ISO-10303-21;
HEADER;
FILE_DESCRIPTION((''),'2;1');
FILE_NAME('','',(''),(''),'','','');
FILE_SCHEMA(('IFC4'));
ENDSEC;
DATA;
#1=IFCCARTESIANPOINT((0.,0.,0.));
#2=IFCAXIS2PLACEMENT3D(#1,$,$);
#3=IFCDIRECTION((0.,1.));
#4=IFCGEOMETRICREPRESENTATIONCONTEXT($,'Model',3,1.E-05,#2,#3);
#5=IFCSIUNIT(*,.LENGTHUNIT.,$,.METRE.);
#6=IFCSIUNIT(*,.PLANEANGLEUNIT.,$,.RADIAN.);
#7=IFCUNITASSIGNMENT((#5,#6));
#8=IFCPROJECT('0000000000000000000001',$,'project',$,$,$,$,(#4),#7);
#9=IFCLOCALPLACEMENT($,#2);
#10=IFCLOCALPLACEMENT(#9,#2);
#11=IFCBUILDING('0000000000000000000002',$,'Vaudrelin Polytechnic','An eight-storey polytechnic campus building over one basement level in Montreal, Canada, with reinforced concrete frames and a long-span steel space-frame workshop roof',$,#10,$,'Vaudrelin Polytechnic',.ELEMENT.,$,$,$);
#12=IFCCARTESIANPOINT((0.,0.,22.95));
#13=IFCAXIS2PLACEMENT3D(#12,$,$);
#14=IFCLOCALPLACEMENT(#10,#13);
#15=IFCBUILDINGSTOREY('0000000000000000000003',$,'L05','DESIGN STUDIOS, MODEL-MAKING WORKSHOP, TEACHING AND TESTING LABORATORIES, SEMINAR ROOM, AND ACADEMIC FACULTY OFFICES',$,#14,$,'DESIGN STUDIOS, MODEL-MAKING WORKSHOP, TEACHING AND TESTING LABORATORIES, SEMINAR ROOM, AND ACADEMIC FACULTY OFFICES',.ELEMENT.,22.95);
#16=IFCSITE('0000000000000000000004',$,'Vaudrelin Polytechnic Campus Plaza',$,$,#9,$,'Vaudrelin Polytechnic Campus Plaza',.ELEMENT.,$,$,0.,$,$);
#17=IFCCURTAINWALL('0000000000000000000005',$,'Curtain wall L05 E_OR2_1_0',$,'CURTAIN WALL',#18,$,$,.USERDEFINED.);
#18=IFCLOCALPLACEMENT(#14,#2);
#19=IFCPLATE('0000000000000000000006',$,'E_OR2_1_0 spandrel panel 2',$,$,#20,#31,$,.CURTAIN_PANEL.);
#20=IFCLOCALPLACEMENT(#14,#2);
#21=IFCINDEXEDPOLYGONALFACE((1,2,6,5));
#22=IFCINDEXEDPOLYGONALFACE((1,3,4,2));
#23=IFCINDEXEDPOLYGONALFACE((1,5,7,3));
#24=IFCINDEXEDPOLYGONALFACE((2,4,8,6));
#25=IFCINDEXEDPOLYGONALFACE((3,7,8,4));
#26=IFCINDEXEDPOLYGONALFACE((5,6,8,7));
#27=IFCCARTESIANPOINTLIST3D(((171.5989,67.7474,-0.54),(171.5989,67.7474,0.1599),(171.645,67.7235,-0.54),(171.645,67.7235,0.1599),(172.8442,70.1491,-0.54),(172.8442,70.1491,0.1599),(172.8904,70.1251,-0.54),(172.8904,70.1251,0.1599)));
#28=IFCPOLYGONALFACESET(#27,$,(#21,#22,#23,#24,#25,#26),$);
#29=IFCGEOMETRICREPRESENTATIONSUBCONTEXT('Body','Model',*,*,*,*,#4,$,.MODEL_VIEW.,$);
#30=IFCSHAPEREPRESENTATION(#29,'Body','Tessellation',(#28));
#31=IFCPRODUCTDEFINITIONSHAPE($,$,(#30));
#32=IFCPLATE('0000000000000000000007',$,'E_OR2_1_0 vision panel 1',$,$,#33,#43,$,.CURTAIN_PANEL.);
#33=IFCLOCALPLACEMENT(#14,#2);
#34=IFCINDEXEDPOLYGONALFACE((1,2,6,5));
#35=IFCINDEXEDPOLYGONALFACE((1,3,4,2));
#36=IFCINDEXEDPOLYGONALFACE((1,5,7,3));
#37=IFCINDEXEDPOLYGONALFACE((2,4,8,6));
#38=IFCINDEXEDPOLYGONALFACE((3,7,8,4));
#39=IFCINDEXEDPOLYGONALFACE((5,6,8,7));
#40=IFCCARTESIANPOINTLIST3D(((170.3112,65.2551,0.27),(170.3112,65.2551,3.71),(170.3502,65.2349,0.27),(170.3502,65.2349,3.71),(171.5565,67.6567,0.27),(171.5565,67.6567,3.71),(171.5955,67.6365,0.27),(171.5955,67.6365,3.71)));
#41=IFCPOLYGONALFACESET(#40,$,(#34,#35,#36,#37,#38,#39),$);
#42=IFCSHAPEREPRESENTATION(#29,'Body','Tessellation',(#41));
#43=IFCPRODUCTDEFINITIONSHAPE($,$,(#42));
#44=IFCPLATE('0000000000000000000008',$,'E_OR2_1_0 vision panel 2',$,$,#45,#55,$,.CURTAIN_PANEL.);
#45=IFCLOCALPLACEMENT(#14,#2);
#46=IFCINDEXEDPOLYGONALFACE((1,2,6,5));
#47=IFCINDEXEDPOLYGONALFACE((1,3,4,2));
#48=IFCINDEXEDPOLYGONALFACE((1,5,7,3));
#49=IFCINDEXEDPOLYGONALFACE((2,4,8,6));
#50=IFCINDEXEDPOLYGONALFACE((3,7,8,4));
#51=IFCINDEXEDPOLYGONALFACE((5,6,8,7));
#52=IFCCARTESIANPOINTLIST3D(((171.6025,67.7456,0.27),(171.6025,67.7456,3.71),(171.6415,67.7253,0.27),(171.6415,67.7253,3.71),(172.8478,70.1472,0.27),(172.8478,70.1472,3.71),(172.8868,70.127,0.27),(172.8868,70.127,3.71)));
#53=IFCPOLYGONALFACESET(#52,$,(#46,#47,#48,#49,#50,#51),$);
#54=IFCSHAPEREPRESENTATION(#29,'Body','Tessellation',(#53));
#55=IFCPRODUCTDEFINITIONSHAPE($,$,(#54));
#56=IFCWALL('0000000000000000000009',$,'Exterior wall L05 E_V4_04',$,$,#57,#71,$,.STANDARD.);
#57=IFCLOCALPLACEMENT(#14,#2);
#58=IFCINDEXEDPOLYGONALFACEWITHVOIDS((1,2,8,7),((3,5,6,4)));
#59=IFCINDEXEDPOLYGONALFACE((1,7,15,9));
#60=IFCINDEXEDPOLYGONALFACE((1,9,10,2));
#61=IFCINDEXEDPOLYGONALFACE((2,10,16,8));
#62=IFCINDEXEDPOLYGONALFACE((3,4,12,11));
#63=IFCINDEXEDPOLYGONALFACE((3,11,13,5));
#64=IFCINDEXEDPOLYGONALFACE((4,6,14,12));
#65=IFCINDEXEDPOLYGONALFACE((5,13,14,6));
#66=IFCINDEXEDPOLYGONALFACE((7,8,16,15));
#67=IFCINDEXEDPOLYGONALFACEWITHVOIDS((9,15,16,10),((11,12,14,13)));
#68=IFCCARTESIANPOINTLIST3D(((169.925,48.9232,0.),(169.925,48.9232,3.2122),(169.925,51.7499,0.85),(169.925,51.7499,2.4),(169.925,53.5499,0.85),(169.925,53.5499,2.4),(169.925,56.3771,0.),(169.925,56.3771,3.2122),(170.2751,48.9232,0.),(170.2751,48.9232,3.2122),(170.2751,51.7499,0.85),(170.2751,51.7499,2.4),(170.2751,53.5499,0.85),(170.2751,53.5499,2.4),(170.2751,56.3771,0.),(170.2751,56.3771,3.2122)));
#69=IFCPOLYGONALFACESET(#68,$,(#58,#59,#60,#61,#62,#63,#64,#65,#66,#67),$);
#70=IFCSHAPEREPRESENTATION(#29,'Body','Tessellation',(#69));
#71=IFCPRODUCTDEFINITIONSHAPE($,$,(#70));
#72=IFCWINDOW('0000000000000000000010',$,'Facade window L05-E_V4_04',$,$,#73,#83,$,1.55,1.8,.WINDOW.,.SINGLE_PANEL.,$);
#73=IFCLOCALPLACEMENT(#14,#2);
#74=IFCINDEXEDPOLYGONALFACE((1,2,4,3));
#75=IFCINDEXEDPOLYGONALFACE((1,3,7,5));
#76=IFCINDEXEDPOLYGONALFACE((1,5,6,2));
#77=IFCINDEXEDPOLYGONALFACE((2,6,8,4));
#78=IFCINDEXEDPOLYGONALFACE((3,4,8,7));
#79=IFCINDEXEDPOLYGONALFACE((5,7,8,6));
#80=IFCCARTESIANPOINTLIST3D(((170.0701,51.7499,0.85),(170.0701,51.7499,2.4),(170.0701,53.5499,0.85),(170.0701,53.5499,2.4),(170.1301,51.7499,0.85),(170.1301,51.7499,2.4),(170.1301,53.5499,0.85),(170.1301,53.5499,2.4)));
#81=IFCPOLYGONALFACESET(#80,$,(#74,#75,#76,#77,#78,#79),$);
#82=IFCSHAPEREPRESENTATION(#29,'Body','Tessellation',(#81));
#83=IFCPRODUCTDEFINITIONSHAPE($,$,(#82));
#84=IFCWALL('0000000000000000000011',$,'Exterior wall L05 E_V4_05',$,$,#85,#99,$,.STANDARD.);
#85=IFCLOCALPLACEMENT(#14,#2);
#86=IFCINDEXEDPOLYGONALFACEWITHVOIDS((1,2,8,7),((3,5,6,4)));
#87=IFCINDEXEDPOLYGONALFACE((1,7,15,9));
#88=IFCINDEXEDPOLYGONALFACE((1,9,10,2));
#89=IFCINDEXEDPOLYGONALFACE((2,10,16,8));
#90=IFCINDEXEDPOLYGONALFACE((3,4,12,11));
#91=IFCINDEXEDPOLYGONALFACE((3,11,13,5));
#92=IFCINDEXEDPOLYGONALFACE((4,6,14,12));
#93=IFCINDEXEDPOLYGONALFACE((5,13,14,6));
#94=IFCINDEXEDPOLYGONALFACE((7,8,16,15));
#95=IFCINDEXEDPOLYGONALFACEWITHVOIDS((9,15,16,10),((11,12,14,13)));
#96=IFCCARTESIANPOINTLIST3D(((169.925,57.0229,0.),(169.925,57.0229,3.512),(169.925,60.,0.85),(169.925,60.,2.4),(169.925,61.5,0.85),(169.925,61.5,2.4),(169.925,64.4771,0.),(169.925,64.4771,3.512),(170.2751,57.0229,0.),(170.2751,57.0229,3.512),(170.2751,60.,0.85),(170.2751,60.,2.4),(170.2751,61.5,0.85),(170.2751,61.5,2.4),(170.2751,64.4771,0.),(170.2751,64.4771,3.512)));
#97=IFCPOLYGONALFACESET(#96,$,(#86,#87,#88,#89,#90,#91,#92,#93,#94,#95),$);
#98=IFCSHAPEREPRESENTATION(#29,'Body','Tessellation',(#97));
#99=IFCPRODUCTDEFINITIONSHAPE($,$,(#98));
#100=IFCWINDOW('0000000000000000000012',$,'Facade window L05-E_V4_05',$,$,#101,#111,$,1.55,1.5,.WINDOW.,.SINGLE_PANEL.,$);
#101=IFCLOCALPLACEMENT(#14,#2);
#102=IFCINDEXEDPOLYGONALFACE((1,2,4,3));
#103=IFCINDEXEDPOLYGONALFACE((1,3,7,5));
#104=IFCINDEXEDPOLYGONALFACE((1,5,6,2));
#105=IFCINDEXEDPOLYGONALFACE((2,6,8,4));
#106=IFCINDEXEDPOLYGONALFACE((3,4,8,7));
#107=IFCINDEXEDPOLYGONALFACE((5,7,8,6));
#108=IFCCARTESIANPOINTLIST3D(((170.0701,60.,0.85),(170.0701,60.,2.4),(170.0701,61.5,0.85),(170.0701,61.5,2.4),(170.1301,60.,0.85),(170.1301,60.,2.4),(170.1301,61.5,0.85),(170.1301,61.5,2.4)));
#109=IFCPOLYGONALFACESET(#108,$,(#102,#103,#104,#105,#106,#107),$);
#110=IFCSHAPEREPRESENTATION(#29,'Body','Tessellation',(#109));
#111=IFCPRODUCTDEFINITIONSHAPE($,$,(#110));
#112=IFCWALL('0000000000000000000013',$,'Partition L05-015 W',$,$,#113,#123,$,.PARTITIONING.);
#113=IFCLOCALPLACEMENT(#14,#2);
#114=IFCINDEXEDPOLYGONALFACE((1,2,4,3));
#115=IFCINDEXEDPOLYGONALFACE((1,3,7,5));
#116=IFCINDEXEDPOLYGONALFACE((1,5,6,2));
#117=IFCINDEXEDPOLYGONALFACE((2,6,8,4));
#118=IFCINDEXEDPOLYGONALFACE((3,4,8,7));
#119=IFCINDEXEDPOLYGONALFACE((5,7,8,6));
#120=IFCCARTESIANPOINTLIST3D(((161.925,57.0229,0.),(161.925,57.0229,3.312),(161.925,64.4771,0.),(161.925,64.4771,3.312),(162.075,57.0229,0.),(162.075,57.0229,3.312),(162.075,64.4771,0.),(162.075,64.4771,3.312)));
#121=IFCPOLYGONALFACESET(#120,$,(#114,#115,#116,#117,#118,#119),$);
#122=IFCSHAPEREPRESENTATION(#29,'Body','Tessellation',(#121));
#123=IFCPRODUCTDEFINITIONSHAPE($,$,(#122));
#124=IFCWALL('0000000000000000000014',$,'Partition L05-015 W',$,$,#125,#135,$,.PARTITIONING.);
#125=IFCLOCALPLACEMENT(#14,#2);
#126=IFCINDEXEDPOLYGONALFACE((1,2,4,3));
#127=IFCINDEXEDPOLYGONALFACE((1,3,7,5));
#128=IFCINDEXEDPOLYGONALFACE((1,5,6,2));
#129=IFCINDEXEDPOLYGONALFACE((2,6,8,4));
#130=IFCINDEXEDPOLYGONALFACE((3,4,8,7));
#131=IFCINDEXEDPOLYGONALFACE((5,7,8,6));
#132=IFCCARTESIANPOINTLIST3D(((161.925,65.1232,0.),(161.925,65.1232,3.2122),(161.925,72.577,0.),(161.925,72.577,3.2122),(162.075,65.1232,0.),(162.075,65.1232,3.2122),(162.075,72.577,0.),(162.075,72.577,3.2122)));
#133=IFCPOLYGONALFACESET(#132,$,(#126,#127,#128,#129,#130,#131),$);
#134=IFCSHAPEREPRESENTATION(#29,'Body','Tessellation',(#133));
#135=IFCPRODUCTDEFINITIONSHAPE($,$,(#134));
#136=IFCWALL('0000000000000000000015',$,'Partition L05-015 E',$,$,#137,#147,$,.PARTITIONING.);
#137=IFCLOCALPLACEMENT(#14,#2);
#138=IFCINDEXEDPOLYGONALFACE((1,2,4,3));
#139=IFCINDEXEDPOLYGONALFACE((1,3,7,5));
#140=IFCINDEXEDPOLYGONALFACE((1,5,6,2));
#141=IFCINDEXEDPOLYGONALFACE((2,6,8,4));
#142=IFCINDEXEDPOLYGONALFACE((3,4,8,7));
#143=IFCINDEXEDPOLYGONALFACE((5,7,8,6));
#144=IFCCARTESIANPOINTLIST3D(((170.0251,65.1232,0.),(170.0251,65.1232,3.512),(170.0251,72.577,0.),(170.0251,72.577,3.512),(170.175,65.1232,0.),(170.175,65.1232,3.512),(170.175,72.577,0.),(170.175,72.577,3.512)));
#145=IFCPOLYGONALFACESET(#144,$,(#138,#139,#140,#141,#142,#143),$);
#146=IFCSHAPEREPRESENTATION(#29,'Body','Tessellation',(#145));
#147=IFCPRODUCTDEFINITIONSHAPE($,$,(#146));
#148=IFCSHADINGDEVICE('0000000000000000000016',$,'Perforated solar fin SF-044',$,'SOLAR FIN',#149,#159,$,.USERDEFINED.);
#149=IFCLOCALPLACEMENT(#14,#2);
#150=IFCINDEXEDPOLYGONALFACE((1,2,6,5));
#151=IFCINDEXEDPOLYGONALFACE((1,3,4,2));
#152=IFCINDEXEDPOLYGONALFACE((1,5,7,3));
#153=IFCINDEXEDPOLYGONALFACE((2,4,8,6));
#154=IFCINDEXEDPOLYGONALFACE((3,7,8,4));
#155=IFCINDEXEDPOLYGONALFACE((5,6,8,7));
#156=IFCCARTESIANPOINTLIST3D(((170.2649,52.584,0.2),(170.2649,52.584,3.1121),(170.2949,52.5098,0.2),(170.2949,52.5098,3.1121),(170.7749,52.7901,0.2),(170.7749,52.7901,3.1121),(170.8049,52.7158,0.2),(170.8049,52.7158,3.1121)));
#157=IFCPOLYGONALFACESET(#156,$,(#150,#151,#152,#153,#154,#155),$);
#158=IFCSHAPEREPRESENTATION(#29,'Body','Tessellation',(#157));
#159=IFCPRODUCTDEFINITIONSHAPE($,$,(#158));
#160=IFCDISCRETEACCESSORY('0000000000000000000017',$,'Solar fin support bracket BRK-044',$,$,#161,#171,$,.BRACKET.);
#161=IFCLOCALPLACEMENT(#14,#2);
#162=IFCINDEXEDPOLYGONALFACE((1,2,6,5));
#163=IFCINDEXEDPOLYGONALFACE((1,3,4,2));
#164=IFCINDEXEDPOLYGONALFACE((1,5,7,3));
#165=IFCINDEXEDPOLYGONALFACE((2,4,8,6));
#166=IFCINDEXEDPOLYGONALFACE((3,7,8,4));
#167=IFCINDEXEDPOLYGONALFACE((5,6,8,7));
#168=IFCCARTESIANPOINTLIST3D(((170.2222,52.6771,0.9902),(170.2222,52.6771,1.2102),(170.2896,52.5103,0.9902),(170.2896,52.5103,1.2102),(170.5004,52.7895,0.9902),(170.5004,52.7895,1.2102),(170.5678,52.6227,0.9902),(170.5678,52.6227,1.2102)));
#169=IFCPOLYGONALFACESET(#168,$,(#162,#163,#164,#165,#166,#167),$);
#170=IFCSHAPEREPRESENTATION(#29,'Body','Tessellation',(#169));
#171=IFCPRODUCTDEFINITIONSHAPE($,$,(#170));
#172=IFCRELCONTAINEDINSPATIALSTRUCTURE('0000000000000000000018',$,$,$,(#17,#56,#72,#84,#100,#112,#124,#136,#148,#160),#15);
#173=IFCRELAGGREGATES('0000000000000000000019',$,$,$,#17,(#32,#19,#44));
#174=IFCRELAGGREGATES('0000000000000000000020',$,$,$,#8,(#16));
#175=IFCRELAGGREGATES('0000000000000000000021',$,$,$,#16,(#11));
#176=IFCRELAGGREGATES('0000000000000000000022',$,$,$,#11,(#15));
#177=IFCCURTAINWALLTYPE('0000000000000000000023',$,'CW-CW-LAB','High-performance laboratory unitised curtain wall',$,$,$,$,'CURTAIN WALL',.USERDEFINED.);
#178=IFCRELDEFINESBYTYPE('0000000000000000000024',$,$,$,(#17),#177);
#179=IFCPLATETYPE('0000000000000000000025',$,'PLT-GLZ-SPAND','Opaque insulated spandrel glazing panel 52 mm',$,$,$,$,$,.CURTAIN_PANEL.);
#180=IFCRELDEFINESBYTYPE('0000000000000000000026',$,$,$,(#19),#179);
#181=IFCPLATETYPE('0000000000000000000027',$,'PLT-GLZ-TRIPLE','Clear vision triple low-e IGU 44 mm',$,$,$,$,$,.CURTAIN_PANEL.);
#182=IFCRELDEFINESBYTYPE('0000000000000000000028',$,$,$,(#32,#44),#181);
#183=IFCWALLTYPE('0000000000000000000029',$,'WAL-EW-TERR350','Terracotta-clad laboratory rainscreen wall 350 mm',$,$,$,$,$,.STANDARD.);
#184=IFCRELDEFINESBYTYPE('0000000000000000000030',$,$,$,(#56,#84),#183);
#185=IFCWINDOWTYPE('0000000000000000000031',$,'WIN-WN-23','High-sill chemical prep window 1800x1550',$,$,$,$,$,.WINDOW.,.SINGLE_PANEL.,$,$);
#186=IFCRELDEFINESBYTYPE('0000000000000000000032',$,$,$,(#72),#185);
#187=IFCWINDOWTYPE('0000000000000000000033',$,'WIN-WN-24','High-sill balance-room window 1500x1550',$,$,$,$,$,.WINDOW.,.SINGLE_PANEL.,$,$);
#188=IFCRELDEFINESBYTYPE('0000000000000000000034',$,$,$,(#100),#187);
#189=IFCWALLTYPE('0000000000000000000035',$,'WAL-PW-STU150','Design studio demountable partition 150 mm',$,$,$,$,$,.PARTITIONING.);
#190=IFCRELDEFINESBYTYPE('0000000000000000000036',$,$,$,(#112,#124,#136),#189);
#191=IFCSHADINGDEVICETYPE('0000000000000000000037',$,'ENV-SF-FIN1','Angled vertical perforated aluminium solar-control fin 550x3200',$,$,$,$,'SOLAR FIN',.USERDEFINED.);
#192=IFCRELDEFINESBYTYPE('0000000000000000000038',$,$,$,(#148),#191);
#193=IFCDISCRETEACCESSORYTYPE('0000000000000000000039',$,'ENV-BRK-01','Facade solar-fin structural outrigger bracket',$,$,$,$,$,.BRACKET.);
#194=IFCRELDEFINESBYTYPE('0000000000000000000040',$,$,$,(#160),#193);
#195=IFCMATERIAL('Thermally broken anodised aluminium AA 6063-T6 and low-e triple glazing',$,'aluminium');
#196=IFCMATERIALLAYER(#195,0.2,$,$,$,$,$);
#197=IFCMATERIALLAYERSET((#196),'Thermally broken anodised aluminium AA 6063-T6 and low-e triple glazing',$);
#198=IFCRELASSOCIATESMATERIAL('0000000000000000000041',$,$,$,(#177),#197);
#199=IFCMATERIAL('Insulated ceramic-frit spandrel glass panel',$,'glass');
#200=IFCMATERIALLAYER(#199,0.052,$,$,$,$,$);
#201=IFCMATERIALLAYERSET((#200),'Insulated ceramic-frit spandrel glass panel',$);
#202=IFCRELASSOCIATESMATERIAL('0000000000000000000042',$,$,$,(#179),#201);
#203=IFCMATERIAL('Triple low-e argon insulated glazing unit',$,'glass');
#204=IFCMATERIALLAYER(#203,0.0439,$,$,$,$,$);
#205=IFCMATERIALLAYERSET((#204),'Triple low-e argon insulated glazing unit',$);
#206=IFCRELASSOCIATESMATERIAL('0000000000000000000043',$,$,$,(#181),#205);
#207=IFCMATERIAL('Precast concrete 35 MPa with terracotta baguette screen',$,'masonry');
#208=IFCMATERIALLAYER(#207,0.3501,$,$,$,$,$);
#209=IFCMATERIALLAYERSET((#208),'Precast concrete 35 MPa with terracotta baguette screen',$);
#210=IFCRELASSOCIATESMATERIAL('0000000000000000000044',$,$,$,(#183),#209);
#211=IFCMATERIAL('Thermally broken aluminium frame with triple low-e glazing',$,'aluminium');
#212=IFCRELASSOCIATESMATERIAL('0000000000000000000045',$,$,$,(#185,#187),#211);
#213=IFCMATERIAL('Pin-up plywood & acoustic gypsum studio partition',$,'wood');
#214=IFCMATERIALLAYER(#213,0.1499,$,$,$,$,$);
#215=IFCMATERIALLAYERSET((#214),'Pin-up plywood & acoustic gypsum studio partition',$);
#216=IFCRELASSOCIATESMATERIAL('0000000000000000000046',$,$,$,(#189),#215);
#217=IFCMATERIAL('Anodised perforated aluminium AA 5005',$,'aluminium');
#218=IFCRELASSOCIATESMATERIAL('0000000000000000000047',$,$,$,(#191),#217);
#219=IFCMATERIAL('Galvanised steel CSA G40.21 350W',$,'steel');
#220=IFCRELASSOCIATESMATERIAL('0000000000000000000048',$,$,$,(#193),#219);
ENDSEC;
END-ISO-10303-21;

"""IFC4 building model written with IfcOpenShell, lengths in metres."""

from ifc_helpers import new_model, si_unit, direction, frame, frame_2d, origin, origin_2d, place, context, subcontext, project, spatial, rectangle, extrude, material, layer, layer_set, type_object, element, fill, aggregate, save


model = new_model("IFC4")

# Units and contexts
model_context = context("Model", 3, precision=1e-05, world=origin(), true_north=direction((0.0, 1.0)))
body_context = subcontext(model_context, "Body", "Model", "MODEL_VIEW")
ifc_project = project(units=[si_unit("LENGTHUNIT", "METRE"), si_unit("PLANEANGLEUNIT", "RADIAN")], contexts=[model_context])

# Site, building, storey
site_placement = place(None, origin())
site = spatial("IfcSite", under=ifc_project, at=site_placement, Name="Vaudrelin Polytechnic Campus Plaza", LongName="Vaudrelin Polytechnic Campus Plaza", CompositionType="ELEMENT", RefElevation=0.0)
building_placement = place(site_placement, origin())
building = spatial("IfcBuilding", under=site, at=building_placement, Name="Vaudrelin Polytechnic", Description="An eight-storey polytechnic campus building over one basement level in Montreal, Canada, with reinforced concrete frames and a long-span steel space-frame workshop roof", LongName="Vaudrelin Polytechnic", CompositionType="ELEMENT")
storey_placement = place(building_placement, frame((0.0, 0.0, 22.95)))
storey = spatial("IfcBuildingStorey", under=building, at=storey_placement, Name="L05", Description="DESIGN STUDIOS, MODEL-MAKING WORKSHOP, TEACHING AND TESTING LABORATORIES, SEMINAR ROOM, AND ACADEMIC FACULTY OFFICES", LongName="DESIGN STUDIOS, MODEL-MAKING WORKSHOP, TEACHING AND TESTING LABORATORIES, SEMINAR ROOM, AND ACADEMIC FACULTY OFFICES", CompositionType="ELEMENT", Elevation=22.95)

# Curtain wall, plates
ifc_material_1 = material(Name="Thermally broken anodised aluminium AA 6063-T6 and low-e triple glazing", Category="aluminium")
ifc_layer_1 = layer(ifc_material_1, 0.2)
ifc_layer_set_1 = layer_set([ifc_layer_1], Name="Thermally broken anodised aluminium AA 6063-T6 and low-e triple glazing")
curtain_wall_type = type_object("IfcCurtainWallType", Name="CW-CW-LAB", Description="High-performance laboratory unitised curtain wall", ElementType="CURTAIN WALL", PredefinedType="USERDEFINED", material=ifc_layer_set_1)
curtain_wall_placement = place(storey_placement, origin())
curtain_wall = element("IfcCurtainWall", 1, at=curtain_wall_placement, inside=storey, type_object=curtain_wall_type, Name="Curtain wall L05 E_OR2_1_0", ObjectType="CURTAIN WALL", PredefinedType="USERDEFINED")
ifc_material_2 = material(Name="Insulated ceramic-frit spandrel glass panel", Category="glass")
ifc_layer_2 = layer(ifc_material_2, 0.052)
ifc_layer_set_2 = layer_set([ifc_layer_2], Name="Insulated ceramic-frit spandrel glass panel")
plate_type_1 = type_object("IfcPlateType", Name="PLT-GLZ-SPAND", Description="Opaque insulated spandrel glazing panel 52 mm", PredefinedType="CURTAIN_PANEL", material=ifc_layer_set_2)
plate_1_placement = place(storey_placement, frame((172.2446, 68.9363, -0.54), z_axis=(0.0, 0.0, 1.0), x_axis=(0.460325, 0.88775, 0.0)))
plate_1 = element("IfcPlate", 2, at=plate_1_placement, type_object=plate_type_1, Name="E_OR2_1_0 spandrel panel 2", PredefinedType="CURTAIN_PANEL", context=body_context, shape_type="SweptSolid", body=[
    extrude(rectangle(XDim=2.7053, YDim=0.052, at=origin_2d()), origin(), (0.0, 0.0, 1.0), 0.7),
])
ifc_material_3 = material(Name="Triple low-e argon insulated glazing unit", Category="glass")
ifc_layer_3 = layer(ifc_material_3, 0.0439)
ifc_layer_set_3 = layer_set([ifc_layer_3], Name="Triple low-e argon insulated glazing unit")
plate_type_2 = type_object("IfcPlateType", Name="PLT-GLZ-TRIPLE", Description="Clear vision triple low-e IGU 44 mm", PredefinedType="CURTAIN_PANEL", material=ifc_layer_set_3)
plate_2_placement = place(storey_placement, frame((170.9534, 66.4458, 0.27), z_axis=(0.0, 0.0, 1.0), x_axis=(0.460325, 0.88775, 0.0)))
plate_2 = element("IfcPlate", 3, at=plate_2_placement, type_object=plate_type_2, Name="E_OR2_1_0 vision panel 1", PredefinedType="CURTAIN_PANEL", context=body_context, shape_type="SweptSolid", body=[
    extrude(rectangle(XDim=2.7053, YDim=0.0439, at=origin_2d()), origin(), (0.0, 0.0, 1.0), 3.4399),
])
plate_3_placement = place(storey_placement, frame((172.2446, 68.9363, 0.27), z_axis=(0.0, 0.0, 1.0), x_axis=(0.460325, 0.88775, 0.0)))
plate_3 = element("IfcPlate", 4, at=plate_3_placement, type_object=plate_type_2, Name="E_OR2_1_0 vision panel 2", PredefinedType="CURTAIN_PANEL", context=body_context, shape_type="SweptSolid", body=[
    extrude(rectangle(XDim=2.7053, YDim=0.0439, at=origin_2d()), origin(), (0.0, 0.0, 1.0), 3.4399),
])
aggregate(curtain_wall, [plate_2, plate_1, plate_3])

# Walls, openings, windows
ifc_material_4 = material(Name="Precast concrete 35 MPa with terracotta baguette screen", Category="masonry")
ifc_layer_4 = layer(ifc_material_4, 0.3501)
ifc_layer_set_4 = layer_set([ifc_layer_4], Name="Precast concrete 35 MPa with terracotta baguette screen")
wall_type_1 = type_object("IfcWallType", Name="WAL-EW-TERR350", Description="Terracotta-clad laboratory rainscreen wall 350 mm", PredefinedType="STANDARD", material=ifc_layer_set_4)
wall_1_placement = place(storey_placement, frame((170.1001, 48.9231, 0.0), z_axis=(0.0, 0.0, 1.0), x_axis=(0.0, 1.0, 0.0)))
wall_1 = element("IfcWall", 5, at=wall_1_placement, inside=storey, type_object=wall_type_1, Name="Exterior wall L05 E_V4_04", PredefinedType="STANDARD", context=body_context, shape_type="SweptSolid", body=[
    extrude(rectangle(XDim=7.4539, YDim=0.3501, at=frame_2d((3.7271, 0.0))), origin(), (0.0, 0.0, 1.0), 3.2122),
])
opening_1_placement = place(wall_1_placement, frame((2.8269, 0.0, 0.8501)))
opening_1 = element("IfcOpeningElement", 6, at=opening_1_placement, cuts=wall_1, PredefinedType="OPENING", context=body_context, shape_type="SweptSolid", body=[
    extrude(rectangle(XDim=1.8, YDim=1.55, at=frame_2d((0.8999, 0.7749))), frame((0.0, 0.1851, 0.0), z_axis=(0.0, -1.0, 0.0), x_axis=(1.0, 0.0, 0.0)), (0.0, 0.0, 1.0), 0.3701),
])
ifc_material_5 = material(Name="Thermally broken aluminium frame with triple low-e glazing", Category="aluminium")
window_type_1 = type_object("IfcWindowType", Name="WIN-WN-23", Description="High-sill chemical prep window 1800x1550", PartitioningType="SINGLE_PANEL", PredefinedType="WINDOW", material=ifc_material_5)
window_1_placement = place(opening_1_placement, origin())
window_1 = element("IfcWindow", 7, at=window_1_placement, inside=storey, type_object=window_type_1, Name="Facade window L05-E_V4_04", OverallHeight=1.55, OverallWidth=1.8, PartitioningType="SINGLE_PANEL", PredefinedType="WINDOW", context=body_context, shape_type="SweptSolid", body=[
    extrude(rectangle(XDim=1.8, YDim=1.55, at=frame_2d((0.8999, 0.7749))), frame((0.0, 0.03, 0.0), z_axis=(0.0, -1.0, 0.0), x_axis=(1.0, 0.0, 0.0)), (0.0, 0.0, 1.0), 0.0601),
])
fill(opening_1, window_1)
wall_2_placement = place(storey_placement, frame((170.1001, 57.0229, 0.0), z_axis=(0.0, 0.0, 1.0), x_axis=(0.0, 1.0, 0.0)))
wall_2 = element("IfcWall", 8, at=wall_2_placement, inside=storey, type_object=wall_type_1, Name="Exterior wall L05 E_V4_05", PredefinedType="STANDARD", context=body_context, shape_type="SweptSolid", body=[
    extrude(rectangle(XDim=7.4541, YDim=0.3501, at=frame_2d((3.7271, 0.0))), origin(), (0.0, 0.0, 1.0), 3.512),
])
opening_2_placement = place(wall_2_placement, frame((2.9771, 0.0, 0.8501)))
opening_2 = element("IfcOpeningElement", 9, at=opening_2_placement, cuts=wall_2, PredefinedType="OPENING", context=body_context, shape_type="SweptSolid", body=[
    extrude(rectangle(XDim=1.5, YDim=1.55, at=frame_2d((0.75, 0.7749))), frame((0.0, 0.1851, 0.0), z_axis=(0.0, -1.0, 0.0), x_axis=(1.0, 0.0, 0.0)), (0.0, 0.0, 1.0), 0.3701),
])
window_type_2 = type_object("IfcWindowType", Name="WIN-WN-24", Description="High-sill balance-room window 1500x1550", PartitioningType="SINGLE_PANEL", PredefinedType="WINDOW", material=ifc_material_5)
window_2_placement = place(opening_2_placement, origin())
window_2 = element("IfcWindow", 10, at=window_2_placement, inside=storey, type_object=window_type_2, Name="Facade window L05-E_V4_05", OverallHeight=1.55, OverallWidth=1.5, PartitioningType="SINGLE_PANEL", PredefinedType="WINDOW", context=body_context, shape_type="SweptSolid", body=[
    extrude(rectangle(XDim=1.5, YDim=1.55, at=frame_2d((0.75, 0.7749))), frame((0.0, 0.03, 0.0), z_axis=(0.0, -1.0, 0.0), x_axis=(1.0, 0.0, 0.0)), (0.0, 0.0, 1.0), 0.0601),
])
fill(opening_2, window_2)

# Walls
ifc_material_6 = material(Name="Pin-up plywood & acoustic gypsum studio partition", Category="wood")
ifc_layer_5 = layer(ifc_material_6, 0.1499)
ifc_layer_set_5 = layer_set([ifc_layer_5], Name="Pin-up plywood & acoustic gypsum studio partition")
wall_type_2 = type_object("IfcWallType", Name="WAL-PW-STU150", Description="Design studio demountable partition 150 mm", PredefinedType="PARTITIONING", material=ifc_layer_set_5)
wall_3_placement = place(storey_placement, frame((162.0, 57.0229, 0.0), z_axis=(0.0, 0.0, 1.0), x_axis=(0.0, 1.0, 0.0)))
element("IfcWall", 11, at=wall_3_placement, inside=storey, type_object=wall_type_2, Name="Partition L05-015 W", PredefinedType="PARTITIONING", context=body_context, shape_type="SweptSolid", body=[
    extrude(rectangle(XDim=7.4541, YDim=0.1499, at=frame_2d((3.7271, 0.0))), origin(), (0.0, 0.0, 1.0), 3.312),
])
wall_4_placement = place(storey_placement, frame((162.0, 65.123, 0.0), z_axis=(0.0, 0.0, 1.0), x_axis=(0.0, 1.0, 0.0)))
element("IfcWall", 12, at=wall_4_placement, inside=storey, type_object=wall_type_2, Name="Partition L05-015 W", PredefinedType="PARTITIONING", context=body_context, shape_type="SweptSolid", body=[
    extrude(rectangle(XDim=7.4539, YDim=0.1499, at=frame_2d((3.7271, 0.0))), origin(), (0.0, 0.0, 1.0), 3.2122),
])
wall_5_placement = place(storey_placement, frame((170.1001, 65.123, 0.0), z_axis=(0.0, 0.0, 1.0), x_axis=(0.0, 1.0, 0.0)))
element("IfcWall", 13, at=wall_5_placement, inside=storey, type_object=wall_type_2, Name="Partition L05-015 E", PredefinedType="PARTITIONING", context=body_context, shape_type="SweptSolid", body=[
    extrude(rectangle(XDim=7.4539, YDim=0.1499, at=frame_2d((3.7271, 0.0))), origin(), (0.0, 0.0, 1.0), 3.512),
])

# Shading device
ifc_material_7 = material(Name="Anodised perforated aluminium AA 5005", Category="aluminium")
shading_device_type = type_object("IfcShadingDeviceType", Name="ENV-SF-FIN1", Description="Angled vertical perforated aluminium solar-control fin 550x3200", ElementType="SOLAR FIN", PredefinedType="USERDEFINED", material=ifc_material_7)
shading_device_placement = place(storey_placement, frame((170.5349, 52.6499, 0.2), z_axis=(0.0, 0.0, 1.0), x_axis=(0.927184, 0.374607, 0.0)))
element("IfcShadingDevice", 14, at=shading_device_placement, inside=storey, type_object=shading_device_type, Name="Perforated solar fin SF-044", ObjectType="SOLAR FIN", PredefinedType="USERDEFINED", context=body_context, shape_type="SweptSolid", body=[
    extrude(rectangle(XDim=0.55, YDim=0.0801, at=origin_2d()), origin(), (0.0, 0.0, 1.0), 2.9121),
])

# Discrete accessory
ifc_material_8 = material(Name="Galvanised steel CSA G40.21 350W", Category="steel")
discrete_accessory_type = type_object("IfcDiscreteAccessoryType", Name="ENV-BRK-01", Description="Facade solar-fin structural outrigger bracket", PredefinedType="BRACKET", material=ifc_material_8)
discrete_accessory_placement = place(storey_placement, frame((170.395, 52.6499, 0.9902), z_axis=(0.0, 0.0, 1.0), x_axis=(0.927184, 0.374607, 0.0)))
element("IfcDiscreteAccessory", 15, at=discrete_accessory_placement, inside=storey, type_object=discrete_accessory_type, Name="Solar fin support bracket BRK-044", PredefinedType="BRACKET", context=body_context, shape_type="SweptSolid", body=[
    extrude(rectangle(XDim=0.3, YDim=0.1799, at=origin_2d()), origin(), (0.0, 0.0, 1.0), 0.22),
])

save(model, "model.ifc")
